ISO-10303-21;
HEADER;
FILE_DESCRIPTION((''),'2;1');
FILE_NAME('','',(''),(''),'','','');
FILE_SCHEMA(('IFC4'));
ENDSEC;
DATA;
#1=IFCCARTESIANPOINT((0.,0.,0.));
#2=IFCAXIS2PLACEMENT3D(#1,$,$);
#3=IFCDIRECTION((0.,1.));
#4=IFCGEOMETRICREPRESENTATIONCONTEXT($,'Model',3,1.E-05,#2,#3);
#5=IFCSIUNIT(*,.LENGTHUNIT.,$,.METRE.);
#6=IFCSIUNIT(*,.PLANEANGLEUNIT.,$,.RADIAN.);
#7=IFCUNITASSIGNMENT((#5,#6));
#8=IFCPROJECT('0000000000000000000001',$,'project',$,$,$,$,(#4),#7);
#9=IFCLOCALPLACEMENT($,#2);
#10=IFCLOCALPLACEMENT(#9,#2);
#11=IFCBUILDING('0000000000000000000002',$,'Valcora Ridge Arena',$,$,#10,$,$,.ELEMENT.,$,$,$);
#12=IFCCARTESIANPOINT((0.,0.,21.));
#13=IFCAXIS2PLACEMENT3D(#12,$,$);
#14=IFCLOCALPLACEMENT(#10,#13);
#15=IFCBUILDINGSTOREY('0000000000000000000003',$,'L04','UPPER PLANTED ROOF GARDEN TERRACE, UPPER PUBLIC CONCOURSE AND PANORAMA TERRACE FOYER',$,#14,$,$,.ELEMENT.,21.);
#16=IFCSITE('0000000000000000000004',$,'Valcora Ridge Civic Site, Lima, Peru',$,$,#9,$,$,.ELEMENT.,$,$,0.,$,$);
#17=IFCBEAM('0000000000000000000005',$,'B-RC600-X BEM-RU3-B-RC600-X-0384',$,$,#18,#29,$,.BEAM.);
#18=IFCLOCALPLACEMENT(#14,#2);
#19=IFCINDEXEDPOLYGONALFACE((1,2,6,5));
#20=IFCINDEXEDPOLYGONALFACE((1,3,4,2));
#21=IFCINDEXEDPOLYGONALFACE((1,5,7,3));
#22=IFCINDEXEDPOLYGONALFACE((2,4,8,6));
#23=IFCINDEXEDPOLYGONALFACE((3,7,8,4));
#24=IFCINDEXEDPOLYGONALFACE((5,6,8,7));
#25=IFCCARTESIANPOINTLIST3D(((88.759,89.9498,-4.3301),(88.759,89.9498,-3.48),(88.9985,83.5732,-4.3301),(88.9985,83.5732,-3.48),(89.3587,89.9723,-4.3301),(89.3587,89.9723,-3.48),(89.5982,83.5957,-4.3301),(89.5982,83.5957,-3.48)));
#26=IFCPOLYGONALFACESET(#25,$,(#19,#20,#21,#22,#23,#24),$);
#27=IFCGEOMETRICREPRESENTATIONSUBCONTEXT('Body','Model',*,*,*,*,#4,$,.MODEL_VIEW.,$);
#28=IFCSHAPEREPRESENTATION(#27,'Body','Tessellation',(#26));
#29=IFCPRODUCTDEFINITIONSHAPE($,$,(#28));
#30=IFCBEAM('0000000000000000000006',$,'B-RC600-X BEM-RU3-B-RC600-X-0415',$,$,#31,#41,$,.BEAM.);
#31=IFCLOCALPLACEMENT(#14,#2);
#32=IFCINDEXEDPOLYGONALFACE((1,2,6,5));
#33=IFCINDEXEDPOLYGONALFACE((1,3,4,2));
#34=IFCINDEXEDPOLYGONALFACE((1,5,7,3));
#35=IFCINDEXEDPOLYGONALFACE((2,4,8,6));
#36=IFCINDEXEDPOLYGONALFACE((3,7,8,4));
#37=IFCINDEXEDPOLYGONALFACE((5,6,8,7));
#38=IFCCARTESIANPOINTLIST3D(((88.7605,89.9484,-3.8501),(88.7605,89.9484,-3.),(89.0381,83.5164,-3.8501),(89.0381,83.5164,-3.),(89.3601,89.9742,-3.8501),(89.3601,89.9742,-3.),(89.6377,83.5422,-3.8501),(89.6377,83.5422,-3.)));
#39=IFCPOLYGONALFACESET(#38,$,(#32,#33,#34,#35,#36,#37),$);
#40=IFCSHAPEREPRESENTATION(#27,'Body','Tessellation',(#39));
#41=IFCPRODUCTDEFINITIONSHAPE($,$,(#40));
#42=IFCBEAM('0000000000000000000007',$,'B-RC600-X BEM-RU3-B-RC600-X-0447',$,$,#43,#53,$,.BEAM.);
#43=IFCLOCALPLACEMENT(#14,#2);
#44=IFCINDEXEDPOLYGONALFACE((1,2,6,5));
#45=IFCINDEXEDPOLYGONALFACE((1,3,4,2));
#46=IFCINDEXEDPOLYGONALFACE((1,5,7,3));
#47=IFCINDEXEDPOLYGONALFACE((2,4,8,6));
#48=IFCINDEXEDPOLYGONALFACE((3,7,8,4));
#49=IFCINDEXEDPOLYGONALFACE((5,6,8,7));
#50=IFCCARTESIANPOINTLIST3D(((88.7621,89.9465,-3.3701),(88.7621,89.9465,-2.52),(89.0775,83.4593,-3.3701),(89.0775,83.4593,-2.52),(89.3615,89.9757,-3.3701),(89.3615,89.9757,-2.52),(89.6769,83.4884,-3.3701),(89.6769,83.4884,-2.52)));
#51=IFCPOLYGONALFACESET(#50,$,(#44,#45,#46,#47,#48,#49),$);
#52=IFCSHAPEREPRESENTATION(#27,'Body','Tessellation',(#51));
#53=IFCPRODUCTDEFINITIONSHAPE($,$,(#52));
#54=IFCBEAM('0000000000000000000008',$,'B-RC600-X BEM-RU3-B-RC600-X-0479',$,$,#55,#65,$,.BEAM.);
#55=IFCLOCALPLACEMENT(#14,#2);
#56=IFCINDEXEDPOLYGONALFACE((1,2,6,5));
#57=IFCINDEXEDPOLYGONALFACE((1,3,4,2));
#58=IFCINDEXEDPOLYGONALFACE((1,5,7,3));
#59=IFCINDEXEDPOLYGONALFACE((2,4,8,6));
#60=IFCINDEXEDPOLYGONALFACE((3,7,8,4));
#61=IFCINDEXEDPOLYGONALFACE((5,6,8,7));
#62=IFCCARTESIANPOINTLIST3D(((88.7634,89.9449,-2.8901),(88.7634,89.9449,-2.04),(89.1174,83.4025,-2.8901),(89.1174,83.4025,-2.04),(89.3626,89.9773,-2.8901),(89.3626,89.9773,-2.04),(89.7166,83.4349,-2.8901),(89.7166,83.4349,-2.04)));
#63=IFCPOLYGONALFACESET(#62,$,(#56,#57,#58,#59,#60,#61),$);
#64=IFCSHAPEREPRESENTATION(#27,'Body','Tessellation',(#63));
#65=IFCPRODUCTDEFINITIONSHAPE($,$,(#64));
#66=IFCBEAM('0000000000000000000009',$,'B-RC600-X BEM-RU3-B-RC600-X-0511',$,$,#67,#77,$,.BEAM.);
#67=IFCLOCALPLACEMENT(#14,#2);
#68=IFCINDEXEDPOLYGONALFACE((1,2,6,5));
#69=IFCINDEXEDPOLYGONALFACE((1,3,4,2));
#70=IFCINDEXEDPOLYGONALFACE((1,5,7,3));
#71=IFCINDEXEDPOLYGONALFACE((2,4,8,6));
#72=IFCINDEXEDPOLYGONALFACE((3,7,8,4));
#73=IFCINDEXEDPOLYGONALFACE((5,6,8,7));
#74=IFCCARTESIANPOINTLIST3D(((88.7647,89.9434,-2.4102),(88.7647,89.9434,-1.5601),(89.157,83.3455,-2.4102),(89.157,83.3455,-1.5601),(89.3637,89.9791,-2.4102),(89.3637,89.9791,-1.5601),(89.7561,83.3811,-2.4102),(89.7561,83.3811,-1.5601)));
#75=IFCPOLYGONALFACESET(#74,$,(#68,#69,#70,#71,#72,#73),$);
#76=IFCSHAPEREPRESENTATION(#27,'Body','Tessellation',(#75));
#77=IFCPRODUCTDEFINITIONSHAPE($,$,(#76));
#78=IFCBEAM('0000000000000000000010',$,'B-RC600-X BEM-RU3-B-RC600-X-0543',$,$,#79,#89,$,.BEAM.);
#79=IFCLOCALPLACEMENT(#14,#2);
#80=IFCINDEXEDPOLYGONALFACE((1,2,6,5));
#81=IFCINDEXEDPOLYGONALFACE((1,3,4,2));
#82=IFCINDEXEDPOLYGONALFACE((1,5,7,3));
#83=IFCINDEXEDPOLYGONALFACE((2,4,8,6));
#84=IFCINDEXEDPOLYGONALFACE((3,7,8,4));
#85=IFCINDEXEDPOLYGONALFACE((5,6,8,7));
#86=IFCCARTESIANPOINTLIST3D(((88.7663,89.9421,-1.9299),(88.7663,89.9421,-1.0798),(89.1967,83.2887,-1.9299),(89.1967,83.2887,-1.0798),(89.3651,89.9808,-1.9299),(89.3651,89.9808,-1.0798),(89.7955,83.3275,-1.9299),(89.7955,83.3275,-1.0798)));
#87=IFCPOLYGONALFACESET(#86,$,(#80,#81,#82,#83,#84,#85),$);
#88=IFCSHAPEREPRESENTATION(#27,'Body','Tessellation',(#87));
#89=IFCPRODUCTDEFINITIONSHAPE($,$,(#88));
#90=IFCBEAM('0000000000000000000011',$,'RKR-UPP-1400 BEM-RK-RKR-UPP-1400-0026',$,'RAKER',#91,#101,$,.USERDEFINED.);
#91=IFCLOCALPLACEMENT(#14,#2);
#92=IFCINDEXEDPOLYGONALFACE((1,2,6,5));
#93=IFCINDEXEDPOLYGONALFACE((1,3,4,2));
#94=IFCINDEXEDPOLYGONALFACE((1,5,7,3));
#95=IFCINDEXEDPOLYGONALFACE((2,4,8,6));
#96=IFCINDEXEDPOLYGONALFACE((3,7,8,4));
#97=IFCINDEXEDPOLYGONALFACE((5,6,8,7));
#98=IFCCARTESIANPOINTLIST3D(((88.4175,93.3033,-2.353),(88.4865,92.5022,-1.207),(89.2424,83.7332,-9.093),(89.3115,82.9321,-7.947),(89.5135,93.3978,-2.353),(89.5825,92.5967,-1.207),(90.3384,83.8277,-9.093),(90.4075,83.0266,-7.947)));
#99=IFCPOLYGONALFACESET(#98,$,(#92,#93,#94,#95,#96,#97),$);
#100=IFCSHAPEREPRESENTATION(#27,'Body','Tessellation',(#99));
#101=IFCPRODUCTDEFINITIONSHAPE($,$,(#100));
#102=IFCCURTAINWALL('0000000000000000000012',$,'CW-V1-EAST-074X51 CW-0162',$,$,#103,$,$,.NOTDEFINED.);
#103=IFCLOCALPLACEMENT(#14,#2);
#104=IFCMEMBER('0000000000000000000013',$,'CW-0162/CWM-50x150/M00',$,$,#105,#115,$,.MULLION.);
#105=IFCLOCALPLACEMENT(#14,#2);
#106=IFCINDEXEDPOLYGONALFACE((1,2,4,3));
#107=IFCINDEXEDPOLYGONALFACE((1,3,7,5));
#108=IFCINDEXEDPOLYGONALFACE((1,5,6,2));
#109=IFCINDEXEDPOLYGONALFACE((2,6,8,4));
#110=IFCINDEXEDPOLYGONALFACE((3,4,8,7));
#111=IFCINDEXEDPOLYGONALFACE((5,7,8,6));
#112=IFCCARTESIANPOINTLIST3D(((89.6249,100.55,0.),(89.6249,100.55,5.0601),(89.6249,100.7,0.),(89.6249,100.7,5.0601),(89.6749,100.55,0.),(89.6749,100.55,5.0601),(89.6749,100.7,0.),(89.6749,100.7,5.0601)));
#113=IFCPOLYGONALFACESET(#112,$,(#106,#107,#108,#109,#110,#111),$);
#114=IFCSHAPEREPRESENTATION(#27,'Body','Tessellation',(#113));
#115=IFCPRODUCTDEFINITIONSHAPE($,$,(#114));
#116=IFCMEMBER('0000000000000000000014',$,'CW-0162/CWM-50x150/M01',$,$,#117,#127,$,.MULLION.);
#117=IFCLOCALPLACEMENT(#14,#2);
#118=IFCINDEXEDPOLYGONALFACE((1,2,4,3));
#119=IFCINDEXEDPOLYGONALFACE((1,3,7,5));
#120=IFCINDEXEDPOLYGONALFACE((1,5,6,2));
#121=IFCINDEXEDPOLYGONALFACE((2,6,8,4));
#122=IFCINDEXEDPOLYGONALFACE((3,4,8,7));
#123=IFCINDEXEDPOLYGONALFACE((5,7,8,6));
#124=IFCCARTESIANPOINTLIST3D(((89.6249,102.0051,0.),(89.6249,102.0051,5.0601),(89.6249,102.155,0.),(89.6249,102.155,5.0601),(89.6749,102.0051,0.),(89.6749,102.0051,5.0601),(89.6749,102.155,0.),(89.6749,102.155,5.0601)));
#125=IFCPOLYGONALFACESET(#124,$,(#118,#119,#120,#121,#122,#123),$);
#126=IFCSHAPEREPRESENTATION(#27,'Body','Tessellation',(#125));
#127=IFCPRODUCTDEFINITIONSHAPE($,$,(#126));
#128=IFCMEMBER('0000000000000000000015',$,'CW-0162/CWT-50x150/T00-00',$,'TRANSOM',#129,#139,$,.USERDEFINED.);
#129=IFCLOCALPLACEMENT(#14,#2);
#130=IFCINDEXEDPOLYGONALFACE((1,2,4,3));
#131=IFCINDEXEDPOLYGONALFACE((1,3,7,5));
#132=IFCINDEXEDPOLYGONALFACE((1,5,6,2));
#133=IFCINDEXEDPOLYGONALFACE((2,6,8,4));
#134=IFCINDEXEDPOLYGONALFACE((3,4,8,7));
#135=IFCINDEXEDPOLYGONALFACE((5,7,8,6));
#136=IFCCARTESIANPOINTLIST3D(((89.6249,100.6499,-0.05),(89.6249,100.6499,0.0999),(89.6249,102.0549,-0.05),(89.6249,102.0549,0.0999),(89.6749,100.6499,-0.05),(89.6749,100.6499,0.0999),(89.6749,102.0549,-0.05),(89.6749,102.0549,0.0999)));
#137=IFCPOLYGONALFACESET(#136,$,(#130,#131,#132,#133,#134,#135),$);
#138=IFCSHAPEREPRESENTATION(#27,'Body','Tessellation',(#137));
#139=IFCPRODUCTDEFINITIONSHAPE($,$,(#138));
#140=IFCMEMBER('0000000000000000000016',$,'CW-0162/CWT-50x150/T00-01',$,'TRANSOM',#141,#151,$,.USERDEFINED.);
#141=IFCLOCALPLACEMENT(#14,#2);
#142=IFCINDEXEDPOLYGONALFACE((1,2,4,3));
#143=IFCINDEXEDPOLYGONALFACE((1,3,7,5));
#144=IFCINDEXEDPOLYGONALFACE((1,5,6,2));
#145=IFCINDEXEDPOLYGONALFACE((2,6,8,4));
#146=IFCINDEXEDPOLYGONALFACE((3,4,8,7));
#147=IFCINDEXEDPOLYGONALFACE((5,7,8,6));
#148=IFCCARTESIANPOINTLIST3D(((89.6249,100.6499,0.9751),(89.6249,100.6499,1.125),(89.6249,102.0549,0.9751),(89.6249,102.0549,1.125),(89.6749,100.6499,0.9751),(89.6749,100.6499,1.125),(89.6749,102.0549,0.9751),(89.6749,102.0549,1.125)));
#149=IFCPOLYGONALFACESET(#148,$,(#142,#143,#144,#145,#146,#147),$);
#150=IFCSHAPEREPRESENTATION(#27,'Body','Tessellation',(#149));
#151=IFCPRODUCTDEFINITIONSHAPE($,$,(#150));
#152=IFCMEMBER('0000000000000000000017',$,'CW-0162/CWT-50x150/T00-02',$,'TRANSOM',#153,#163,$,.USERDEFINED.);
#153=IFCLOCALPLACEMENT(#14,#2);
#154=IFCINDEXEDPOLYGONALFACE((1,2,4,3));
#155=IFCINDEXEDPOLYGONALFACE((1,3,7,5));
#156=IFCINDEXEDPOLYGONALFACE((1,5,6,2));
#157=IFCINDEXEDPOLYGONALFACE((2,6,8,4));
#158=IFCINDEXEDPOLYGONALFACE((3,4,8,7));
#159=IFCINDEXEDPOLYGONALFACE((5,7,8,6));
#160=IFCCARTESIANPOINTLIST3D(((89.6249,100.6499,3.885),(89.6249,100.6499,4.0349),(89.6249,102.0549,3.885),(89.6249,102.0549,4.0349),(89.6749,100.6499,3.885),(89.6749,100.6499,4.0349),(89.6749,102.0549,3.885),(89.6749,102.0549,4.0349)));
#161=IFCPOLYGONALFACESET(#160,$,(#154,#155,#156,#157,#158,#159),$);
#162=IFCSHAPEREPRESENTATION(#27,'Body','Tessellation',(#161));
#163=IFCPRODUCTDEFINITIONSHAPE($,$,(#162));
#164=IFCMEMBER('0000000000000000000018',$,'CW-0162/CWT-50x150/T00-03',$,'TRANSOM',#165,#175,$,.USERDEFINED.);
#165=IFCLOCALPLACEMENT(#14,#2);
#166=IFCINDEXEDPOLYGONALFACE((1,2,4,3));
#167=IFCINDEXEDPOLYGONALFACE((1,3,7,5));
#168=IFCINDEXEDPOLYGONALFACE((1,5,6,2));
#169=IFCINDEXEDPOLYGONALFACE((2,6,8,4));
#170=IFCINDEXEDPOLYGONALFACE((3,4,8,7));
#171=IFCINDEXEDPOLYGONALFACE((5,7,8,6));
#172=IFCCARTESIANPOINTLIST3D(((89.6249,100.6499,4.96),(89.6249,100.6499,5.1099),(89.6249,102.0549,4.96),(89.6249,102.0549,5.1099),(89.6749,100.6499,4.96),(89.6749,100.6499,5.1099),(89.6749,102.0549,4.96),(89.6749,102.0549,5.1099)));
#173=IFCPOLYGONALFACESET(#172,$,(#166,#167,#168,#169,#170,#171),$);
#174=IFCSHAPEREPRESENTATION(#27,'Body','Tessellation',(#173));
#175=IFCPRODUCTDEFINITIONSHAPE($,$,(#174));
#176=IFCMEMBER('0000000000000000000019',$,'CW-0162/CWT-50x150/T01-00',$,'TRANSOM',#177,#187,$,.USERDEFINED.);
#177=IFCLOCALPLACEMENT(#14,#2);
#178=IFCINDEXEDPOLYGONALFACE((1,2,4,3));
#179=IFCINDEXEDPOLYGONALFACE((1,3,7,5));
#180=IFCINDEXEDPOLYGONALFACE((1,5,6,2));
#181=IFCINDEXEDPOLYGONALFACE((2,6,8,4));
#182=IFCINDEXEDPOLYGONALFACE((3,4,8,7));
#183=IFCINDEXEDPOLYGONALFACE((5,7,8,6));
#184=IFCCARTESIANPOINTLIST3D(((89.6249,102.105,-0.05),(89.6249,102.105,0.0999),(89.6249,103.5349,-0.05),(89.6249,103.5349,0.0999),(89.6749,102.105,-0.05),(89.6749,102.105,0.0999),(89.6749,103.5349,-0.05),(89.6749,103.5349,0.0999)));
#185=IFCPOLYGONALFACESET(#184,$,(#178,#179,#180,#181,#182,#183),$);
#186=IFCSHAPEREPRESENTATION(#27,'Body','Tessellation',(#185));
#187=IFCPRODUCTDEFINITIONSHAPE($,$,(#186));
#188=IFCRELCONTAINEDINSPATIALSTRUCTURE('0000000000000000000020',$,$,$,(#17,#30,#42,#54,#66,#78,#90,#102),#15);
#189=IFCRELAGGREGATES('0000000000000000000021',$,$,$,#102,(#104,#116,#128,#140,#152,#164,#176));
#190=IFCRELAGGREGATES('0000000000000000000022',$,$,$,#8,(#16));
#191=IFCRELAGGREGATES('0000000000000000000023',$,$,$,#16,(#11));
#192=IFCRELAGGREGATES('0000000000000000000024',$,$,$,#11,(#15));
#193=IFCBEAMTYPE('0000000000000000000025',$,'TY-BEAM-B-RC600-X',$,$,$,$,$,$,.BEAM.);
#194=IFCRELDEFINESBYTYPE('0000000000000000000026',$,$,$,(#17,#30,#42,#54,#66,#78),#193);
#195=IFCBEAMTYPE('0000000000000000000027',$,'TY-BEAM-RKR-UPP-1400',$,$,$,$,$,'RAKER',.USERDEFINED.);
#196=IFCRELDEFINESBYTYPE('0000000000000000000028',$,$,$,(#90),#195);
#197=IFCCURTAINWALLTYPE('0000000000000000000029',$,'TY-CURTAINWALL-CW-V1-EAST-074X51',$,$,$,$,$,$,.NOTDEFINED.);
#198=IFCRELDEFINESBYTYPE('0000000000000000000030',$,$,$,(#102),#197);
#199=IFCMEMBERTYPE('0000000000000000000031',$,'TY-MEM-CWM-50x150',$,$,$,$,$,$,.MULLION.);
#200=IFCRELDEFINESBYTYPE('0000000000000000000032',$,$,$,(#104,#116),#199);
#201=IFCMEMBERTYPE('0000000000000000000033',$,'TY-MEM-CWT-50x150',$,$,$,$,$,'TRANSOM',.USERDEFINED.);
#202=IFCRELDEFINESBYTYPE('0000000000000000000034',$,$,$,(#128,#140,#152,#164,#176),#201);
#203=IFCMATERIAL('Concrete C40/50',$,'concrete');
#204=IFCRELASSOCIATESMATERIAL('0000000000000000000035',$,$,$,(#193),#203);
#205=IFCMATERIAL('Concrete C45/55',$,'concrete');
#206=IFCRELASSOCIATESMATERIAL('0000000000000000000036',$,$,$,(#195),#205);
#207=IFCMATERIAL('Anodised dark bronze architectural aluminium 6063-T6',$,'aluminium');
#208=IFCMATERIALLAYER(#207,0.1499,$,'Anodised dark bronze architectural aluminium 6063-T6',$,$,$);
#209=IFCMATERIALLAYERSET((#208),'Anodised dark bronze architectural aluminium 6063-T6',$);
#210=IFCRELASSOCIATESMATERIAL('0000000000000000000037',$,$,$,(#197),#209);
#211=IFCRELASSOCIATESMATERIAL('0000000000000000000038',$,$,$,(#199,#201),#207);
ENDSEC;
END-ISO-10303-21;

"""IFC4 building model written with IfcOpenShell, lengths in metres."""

from ifc_helpers import new_model, si_unit, direction, frame, origin, origin_2d, place, context, subcontext, project, spatial, rectangle, extrude, material, layer, layer_set, material_profile, profile_set, type_object, element, aggregate, save


model = new_model("IFC4")

# Units and contexts
model_context = context("Model", 3, precision=1e-05, world=origin(), true_north=direction((0.0, 1.0)))
body_context = subcontext(model_context, "Body", "Model", "MODEL_VIEW")
ifc_project = project(units=[si_unit("LENGTHUNIT", "METRE"), si_unit("PLANEANGLEUNIT", "RADIAN")], contexts=[model_context])

# Site, building, storey
site_placement = place(None, origin())
site = spatial("IfcSite", under=ifc_project, at=site_placement, Name="Valcora Ridge Civic Site, Lima, Peru", CompositionType="ELEMENT", RefElevation=0.0)
building_placement = place(site_placement, origin())
building = spatial("IfcBuilding", under=site, at=building_placement, Name="Valcora Ridge Arena", CompositionType="ELEMENT")
storey_placement = place(building_placement, frame((0.0, 0.0, 21.0)))
storey = spatial("IfcBuildingStorey", under=building, at=storey_placement, Name="L04", Description="UPPER PLANTED ROOF GARDEN TERRACE, UPPER PUBLIC CONCOURSE AND PANORAMA TERRACE FOYER", CompositionType="ELEMENT", Elevation=21.0)

# Beams
ifc_material_1 = material(Name="Concrete C40/50", Category="concrete")
ifc_material_profile_1 = material_profile(ifc_material_1, rectangle(XDim=0.6001, YDim=0.8501, at=origin_2d()), Name="RC 600x850")
ifc_profile_set_1 = profile_set([ifc_material_profile_1], Name="Concrete C40/50")
beam_type_1 = type_object("IfcBeamType", Name="TY-BEAM-B-RC600-X", PredefinedType="BEAM", material=ifc_profile_set_1)
beam_1_placement = place(storey_placement, frame((89.2983, 83.5845, -3.905), z_axis=(-0.037532, 0.999295, 0.0), x_axis=(-0.999295, -0.037532, 0.0)))
element("IfcBeam", 1, at=beam_1_placement, inside=storey, type_object=beam_type_1, Name="B-RC600-X BEM-RU3-B-RC600-X-0384", PredefinedType="BEAM", context=body_context, shape_type="SweptSolid", body=[
    extrude(rectangle(XDim=0.6001, YDim=0.8501, at=origin_2d()), origin(), (0.0, 0.0, 1.0), 6.3811),
])
beam_2_placement = place(storey_placement, frame((89.3379, 83.5293, -3.425), z_axis=(-0.043118, 0.99907, 0.0), x_axis=(-0.99907, -0.043118, 0.0)))
element("IfcBeam", 2, at=beam_2_placement, inside=storey, type_object=beam_type_1, Name="B-RC600-X BEM-RU3-B-RC600-X-0415", PredefinedType="BEAM", context=body_context, shape_type="SweptSolid", body=[
    extrude(rectangle(XDim=0.6001, YDim=0.8501, at=origin_2d()), origin(), (0.0, 0.0, 1.0), 6.438),
])
beam_3_placement = place(storey_placement, frame((89.3772, 83.4739, -2.9451), z_axis=(-0.048565, 0.99882, 0.0), x_axis=(-0.99882, -0.048565, 0.0)))
element("IfcBeam", 3, at=beam_3_placement, inside=storey, type_object=beam_type_1, Name="B-RC600-X BEM-RU3-B-RC600-X-0447", PredefinedType="BEAM", context=body_context, shape_type="SweptSolid", body=[
    extrude(rectangle(XDim=0.6001, YDim=0.8501, at=origin_2d()), origin(), (0.0, 0.0, 1.0), 6.4949),
])
beam_4_placement = place(storey_placement, frame((89.417, 83.4187, -2.4651), z_axis=(-0.054029, 0.998539, 0.0), x_axis=(-0.998539, -0.054029, 0.0)))
element("IfcBeam", 4, at=beam_4_placement, inside=storey, type_object=beam_type_1, Name="B-RC600-X BEM-RU3-B-RC600-X-0479", PredefinedType="BEAM", context=body_context, shape_type="SweptSolid", body=[
    extrude(rectangle(XDim=0.6001, YDim=0.8501, at=origin_2d()), origin(), (0.0, 0.0, 1.0), 6.552),
])
beam_5_placement = place(storey_placement, frame((89.4565, 83.3633, -1.9851), z_axis=(-0.059359, 0.998237, 0.0), x_axis=(-0.998237, -0.059359, 0.0)))
element("IfcBeam", 5, at=beam_5_placement, inside=storey, type_object=beam_type_1, Name="B-RC600-X BEM-RU3-B-RC600-X-0511", PredefinedType="BEAM", context=body_context, shape_type="SweptSolid", body=[
    extrude(rectangle(XDim=0.6001, YDim=0.8501, at=origin_2d()), origin(), (0.0, 0.0, 1.0), 6.6096),
])
beam_6_placement = place(storey_placement, frame((89.4961, 83.3081, -1.5049), z_axis=(-0.064558, 0.997914, 0.0), x_axis=(-0.997914, -0.064558, 0.0)))
element("IfcBeam", 6, at=beam_6_placement, inside=storey, type_object=beam_type_1, Name="B-RC600-X BEM-RU3-B-RC600-X-0543", PredefinedType="BEAM", context=body_context, shape_type="SweptSolid", body=[
    extrude(rectangle(XDim=0.6001, YDim=0.8501, at=origin_2d()), origin(), (0.0, 0.0, 1.0), 6.6672),
])
ifc_material_2 = material(Name="Concrete C45/55", Category="concrete")
ifc_material_profile_2 = material_profile(ifc_material_2, rectangle(XDim=1.1001, YDim=1.3999, at=origin_2d()), Name="RC 1100x1400")
ifc_profile_set_2 = profile_set([ifc_material_profile_2], Name="Concrete C45/55")
beam_type_2 = type_object("IfcBeamType", Name="TY-BEAM-RKR-UPP-1400", ElementType="RAKER", PredefinedType="USERDEFINED", material=ifc_profile_set_2)
beam_7_placement = place(storey_placement, frame((89.825, 83.3799, -8.52), z_axis=(-0.070302, 0.815562, 0.574383), x_axis=(-0.996305, -0.085883, 0.0)))
element("IfcBeam", 7, at=beam_7_placement, inside=storey, type_object=beam_type_2, Name="RKR-UPP-1400 BEM-RK-RKR-UPP-1400-0026", ObjectType="RAKER", PredefinedType="USERDEFINED", context=body_context, shape_type="SweptSolid", body=[
    extrude(rectangle(XDim=1.1001, YDim=1.3999, at=origin_2d()), origin(), (0.0, 0.0, 1.0), 11.7344),
])

# Curtain wall, members
ifc_material_3 = material(Name="Anodised dark bronze architectural aluminium 6063-T6", Category="aluminium")
ifc_layer_1 = layer(ifc_material_3, 0.1499, Name="Anodised dark bronze architectural aluminium 6063-T6")
ifc_layer_set_1 = layer_set([ifc_layer_1], Name="Anodised dark bronze architectural aluminium 6063-T6")
curtain_wall_type = type_object("IfcCurtainWallType", Name="TY-CURTAINWALL-CW-V1-EAST-074X51", PredefinedType="NOTDEFINED", material=ifc_layer_set_1)
curtain_wall_placement = place(storey_placement, origin())
curtain_wall = element("IfcCurtainWall", 8, at=curtain_wall_placement, inside=storey, type_object=curtain_wall_type, Name="CW-V1-EAST-074X51 CW-0162", PredefinedType="NOTDEFINED")
ifc_material_profile_3 = material_profile(ifc_material_3, rectangle(XDim=0.05, YDim=0.1499, at=origin_2d()), Name="ALU MULLION 50x150")
ifc_profile_set_3 = profile_set([ifc_material_profile_3], Name="Anodised dark bronze architectural aluminium 6063-T6")
member_type_1 = type_object("IfcMemberType", Name="TY-MEM-CWM-50x150", PredefinedType="MULLION", material=ifc_profile_set_3)
member_1_placement = place(storey_placement, frame((89.6499, 100.625, 0.0), z_axis=(0.0, 0.0, 1.0), x_axis=(-1.0, 0.0, 0.0)))
member_1 = element("IfcMember", 9, at=member_1_placement, type_object=member_type_1, Name="CW-0162/CWM-50x150/M00", PredefinedType="MULLION", context=body_context, shape_type="SweptSolid", body=[
    extrude(rectangle(XDim=0.05, YDim=0.1499, at=origin_2d()), origin(), (0.0, 0.0, 1.0), 5.0601),
])
member_2_placement = place(storey_placement, frame((89.6499, 102.0801, 0.0), z_axis=(0.0, 0.0, 1.0), x_axis=(-1.0, 0.0, 0.0)))
member_2 = element("IfcMember", 10, at=member_2_placement, type_object=member_type_1, Name="CW-0162/CWM-50x150/M01", PredefinedType="MULLION", context=body_context, shape_type="SweptSolid", body=[
    extrude(rectangle(XDim=0.05, YDim=0.1499, at=origin_2d()), origin(), (0.0, 0.0, 1.0), 5.0601),
])
ifc_material_profile_4 = material_profile(ifc_material_3, rectangle(XDim=0.05, YDim=0.1499, at=origin_2d()), Name="ALU TRANSOM 50x150")
ifc_profile_set_4 = profile_set([ifc_material_profile_4], Name="Anodised dark bronze architectural aluminium 6063-T6")
member_type_2 = type_object("IfcMemberType", Name="TY-MEM-CWT-50x150", ElementType="TRANSOM", PredefinedType="USERDEFINED", material=ifc_profile_set_4)
member_3_placement = place(storey_placement, frame((89.6499, 100.6499, 0.0249), z_axis=(0.0, 1.0, 0.0), x_axis=(-1.0, 0.0, 0.0)))
member_3 = element("IfcMember", 11, at=member_3_placement, type_object=member_type_2, Name="CW-0162/CWT-50x150/T00-00", ObjectType="TRANSOM", PredefinedType="USERDEFINED", context=body_context, shape_type="SweptSolid", body=[
    extrude(rectangle(XDim=0.05, YDim=0.1499, at=origin_2d()), origin(), (0.0, 0.0, 1.0), 1.405),
])
member_4_placement = place(storey_placement, frame((89.6499, 100.6499, 1.05), z_axis=(0.0, 1.0, 0.0), x_axis=(-1.0, 0.0, 0.0)))
member_4 = element("IfcMember", 12, at=member_4_placement, type_object=member_type_2, Name="CW-0162/CWT-50x150/T00-01", ObjectType="TRANSOM", PredefinedType="USERDEFINED", context=body_context, shape_type="SweptSolid", body=[
    extrude(rectangle(XDim=0.05, YDim=0.1499, at=origin_2d()), origin(), (0.0, 0.0, 1.0), 1.405),
])
member_5_placement = place(storey_placement, frame((89.6499, 100.6499, 3.96), z_axis=(0.0, 1.0, 0.0), x_axis=(-1.0, 0.0, 0.0)))
member_5 = element("IfcMember", 13, at=member_5_placement, type_object=member_type_2, Name="CW-0162/CWT-50x150/T00-02", ObjectType="TRANSOM", PredefinedType="USERDEFINED", context=body_context, shape_type="SweptSolid", body=[
    extrude(rectangle(XDim=0.05, YDim=0.1499, at=origin_2d()), origin(), (0.0, 0.0, 1.0), 1.405),
])
member_6_placement = place(storey_placement, frame((89.6499, 100.6499, 5.0349), z_axis=(0.0, 1.0, 0.0), x_axis=(-1.0, 0.0, 0.0)))
member_6 = element("IfcMember", 14, at=member_6_placement, type_object=member_type_2, Name="CW-0162/CWT-50x150/T00-03", ObjectType="TRANSOM", PredefinedType="USERDEFINED", context=body_context, shape_type="SweptSolid", body=[
    extrude(rectangle(XDim=0.05, YDim=0.1499, at=origin_2d()), origin(), (0.0, 0.0, 1.0), 1.405),
])
member_7_placement = place(storey_placement, frame((89.6499, 102.105, 0.0249), z_axis=(0.0, 1.0, 0.0), x_axis=(-1.0, 0.0, 0.0)))
member_7 = element("IfcMember", 15, at=member_7_placement, type_object=member_type_2, Name="CW-0162/CWT-50x150/T01-00", ObjectType="TRANSOM", PredefinedType="USERDEFINED", context=body_context, shape_type="SweptSolid", body=[
    extrude(rectangle(XDim=0.05, YDim=0.1499, at=origin_2d()), origin(), (0.0, 0.0, 1.0), 1.4299),
])
aggregate(curtain_wall, [member_1, member_2, member_3, member_4, member_5, member_6, member_7])

save(model, "model.ifc")
